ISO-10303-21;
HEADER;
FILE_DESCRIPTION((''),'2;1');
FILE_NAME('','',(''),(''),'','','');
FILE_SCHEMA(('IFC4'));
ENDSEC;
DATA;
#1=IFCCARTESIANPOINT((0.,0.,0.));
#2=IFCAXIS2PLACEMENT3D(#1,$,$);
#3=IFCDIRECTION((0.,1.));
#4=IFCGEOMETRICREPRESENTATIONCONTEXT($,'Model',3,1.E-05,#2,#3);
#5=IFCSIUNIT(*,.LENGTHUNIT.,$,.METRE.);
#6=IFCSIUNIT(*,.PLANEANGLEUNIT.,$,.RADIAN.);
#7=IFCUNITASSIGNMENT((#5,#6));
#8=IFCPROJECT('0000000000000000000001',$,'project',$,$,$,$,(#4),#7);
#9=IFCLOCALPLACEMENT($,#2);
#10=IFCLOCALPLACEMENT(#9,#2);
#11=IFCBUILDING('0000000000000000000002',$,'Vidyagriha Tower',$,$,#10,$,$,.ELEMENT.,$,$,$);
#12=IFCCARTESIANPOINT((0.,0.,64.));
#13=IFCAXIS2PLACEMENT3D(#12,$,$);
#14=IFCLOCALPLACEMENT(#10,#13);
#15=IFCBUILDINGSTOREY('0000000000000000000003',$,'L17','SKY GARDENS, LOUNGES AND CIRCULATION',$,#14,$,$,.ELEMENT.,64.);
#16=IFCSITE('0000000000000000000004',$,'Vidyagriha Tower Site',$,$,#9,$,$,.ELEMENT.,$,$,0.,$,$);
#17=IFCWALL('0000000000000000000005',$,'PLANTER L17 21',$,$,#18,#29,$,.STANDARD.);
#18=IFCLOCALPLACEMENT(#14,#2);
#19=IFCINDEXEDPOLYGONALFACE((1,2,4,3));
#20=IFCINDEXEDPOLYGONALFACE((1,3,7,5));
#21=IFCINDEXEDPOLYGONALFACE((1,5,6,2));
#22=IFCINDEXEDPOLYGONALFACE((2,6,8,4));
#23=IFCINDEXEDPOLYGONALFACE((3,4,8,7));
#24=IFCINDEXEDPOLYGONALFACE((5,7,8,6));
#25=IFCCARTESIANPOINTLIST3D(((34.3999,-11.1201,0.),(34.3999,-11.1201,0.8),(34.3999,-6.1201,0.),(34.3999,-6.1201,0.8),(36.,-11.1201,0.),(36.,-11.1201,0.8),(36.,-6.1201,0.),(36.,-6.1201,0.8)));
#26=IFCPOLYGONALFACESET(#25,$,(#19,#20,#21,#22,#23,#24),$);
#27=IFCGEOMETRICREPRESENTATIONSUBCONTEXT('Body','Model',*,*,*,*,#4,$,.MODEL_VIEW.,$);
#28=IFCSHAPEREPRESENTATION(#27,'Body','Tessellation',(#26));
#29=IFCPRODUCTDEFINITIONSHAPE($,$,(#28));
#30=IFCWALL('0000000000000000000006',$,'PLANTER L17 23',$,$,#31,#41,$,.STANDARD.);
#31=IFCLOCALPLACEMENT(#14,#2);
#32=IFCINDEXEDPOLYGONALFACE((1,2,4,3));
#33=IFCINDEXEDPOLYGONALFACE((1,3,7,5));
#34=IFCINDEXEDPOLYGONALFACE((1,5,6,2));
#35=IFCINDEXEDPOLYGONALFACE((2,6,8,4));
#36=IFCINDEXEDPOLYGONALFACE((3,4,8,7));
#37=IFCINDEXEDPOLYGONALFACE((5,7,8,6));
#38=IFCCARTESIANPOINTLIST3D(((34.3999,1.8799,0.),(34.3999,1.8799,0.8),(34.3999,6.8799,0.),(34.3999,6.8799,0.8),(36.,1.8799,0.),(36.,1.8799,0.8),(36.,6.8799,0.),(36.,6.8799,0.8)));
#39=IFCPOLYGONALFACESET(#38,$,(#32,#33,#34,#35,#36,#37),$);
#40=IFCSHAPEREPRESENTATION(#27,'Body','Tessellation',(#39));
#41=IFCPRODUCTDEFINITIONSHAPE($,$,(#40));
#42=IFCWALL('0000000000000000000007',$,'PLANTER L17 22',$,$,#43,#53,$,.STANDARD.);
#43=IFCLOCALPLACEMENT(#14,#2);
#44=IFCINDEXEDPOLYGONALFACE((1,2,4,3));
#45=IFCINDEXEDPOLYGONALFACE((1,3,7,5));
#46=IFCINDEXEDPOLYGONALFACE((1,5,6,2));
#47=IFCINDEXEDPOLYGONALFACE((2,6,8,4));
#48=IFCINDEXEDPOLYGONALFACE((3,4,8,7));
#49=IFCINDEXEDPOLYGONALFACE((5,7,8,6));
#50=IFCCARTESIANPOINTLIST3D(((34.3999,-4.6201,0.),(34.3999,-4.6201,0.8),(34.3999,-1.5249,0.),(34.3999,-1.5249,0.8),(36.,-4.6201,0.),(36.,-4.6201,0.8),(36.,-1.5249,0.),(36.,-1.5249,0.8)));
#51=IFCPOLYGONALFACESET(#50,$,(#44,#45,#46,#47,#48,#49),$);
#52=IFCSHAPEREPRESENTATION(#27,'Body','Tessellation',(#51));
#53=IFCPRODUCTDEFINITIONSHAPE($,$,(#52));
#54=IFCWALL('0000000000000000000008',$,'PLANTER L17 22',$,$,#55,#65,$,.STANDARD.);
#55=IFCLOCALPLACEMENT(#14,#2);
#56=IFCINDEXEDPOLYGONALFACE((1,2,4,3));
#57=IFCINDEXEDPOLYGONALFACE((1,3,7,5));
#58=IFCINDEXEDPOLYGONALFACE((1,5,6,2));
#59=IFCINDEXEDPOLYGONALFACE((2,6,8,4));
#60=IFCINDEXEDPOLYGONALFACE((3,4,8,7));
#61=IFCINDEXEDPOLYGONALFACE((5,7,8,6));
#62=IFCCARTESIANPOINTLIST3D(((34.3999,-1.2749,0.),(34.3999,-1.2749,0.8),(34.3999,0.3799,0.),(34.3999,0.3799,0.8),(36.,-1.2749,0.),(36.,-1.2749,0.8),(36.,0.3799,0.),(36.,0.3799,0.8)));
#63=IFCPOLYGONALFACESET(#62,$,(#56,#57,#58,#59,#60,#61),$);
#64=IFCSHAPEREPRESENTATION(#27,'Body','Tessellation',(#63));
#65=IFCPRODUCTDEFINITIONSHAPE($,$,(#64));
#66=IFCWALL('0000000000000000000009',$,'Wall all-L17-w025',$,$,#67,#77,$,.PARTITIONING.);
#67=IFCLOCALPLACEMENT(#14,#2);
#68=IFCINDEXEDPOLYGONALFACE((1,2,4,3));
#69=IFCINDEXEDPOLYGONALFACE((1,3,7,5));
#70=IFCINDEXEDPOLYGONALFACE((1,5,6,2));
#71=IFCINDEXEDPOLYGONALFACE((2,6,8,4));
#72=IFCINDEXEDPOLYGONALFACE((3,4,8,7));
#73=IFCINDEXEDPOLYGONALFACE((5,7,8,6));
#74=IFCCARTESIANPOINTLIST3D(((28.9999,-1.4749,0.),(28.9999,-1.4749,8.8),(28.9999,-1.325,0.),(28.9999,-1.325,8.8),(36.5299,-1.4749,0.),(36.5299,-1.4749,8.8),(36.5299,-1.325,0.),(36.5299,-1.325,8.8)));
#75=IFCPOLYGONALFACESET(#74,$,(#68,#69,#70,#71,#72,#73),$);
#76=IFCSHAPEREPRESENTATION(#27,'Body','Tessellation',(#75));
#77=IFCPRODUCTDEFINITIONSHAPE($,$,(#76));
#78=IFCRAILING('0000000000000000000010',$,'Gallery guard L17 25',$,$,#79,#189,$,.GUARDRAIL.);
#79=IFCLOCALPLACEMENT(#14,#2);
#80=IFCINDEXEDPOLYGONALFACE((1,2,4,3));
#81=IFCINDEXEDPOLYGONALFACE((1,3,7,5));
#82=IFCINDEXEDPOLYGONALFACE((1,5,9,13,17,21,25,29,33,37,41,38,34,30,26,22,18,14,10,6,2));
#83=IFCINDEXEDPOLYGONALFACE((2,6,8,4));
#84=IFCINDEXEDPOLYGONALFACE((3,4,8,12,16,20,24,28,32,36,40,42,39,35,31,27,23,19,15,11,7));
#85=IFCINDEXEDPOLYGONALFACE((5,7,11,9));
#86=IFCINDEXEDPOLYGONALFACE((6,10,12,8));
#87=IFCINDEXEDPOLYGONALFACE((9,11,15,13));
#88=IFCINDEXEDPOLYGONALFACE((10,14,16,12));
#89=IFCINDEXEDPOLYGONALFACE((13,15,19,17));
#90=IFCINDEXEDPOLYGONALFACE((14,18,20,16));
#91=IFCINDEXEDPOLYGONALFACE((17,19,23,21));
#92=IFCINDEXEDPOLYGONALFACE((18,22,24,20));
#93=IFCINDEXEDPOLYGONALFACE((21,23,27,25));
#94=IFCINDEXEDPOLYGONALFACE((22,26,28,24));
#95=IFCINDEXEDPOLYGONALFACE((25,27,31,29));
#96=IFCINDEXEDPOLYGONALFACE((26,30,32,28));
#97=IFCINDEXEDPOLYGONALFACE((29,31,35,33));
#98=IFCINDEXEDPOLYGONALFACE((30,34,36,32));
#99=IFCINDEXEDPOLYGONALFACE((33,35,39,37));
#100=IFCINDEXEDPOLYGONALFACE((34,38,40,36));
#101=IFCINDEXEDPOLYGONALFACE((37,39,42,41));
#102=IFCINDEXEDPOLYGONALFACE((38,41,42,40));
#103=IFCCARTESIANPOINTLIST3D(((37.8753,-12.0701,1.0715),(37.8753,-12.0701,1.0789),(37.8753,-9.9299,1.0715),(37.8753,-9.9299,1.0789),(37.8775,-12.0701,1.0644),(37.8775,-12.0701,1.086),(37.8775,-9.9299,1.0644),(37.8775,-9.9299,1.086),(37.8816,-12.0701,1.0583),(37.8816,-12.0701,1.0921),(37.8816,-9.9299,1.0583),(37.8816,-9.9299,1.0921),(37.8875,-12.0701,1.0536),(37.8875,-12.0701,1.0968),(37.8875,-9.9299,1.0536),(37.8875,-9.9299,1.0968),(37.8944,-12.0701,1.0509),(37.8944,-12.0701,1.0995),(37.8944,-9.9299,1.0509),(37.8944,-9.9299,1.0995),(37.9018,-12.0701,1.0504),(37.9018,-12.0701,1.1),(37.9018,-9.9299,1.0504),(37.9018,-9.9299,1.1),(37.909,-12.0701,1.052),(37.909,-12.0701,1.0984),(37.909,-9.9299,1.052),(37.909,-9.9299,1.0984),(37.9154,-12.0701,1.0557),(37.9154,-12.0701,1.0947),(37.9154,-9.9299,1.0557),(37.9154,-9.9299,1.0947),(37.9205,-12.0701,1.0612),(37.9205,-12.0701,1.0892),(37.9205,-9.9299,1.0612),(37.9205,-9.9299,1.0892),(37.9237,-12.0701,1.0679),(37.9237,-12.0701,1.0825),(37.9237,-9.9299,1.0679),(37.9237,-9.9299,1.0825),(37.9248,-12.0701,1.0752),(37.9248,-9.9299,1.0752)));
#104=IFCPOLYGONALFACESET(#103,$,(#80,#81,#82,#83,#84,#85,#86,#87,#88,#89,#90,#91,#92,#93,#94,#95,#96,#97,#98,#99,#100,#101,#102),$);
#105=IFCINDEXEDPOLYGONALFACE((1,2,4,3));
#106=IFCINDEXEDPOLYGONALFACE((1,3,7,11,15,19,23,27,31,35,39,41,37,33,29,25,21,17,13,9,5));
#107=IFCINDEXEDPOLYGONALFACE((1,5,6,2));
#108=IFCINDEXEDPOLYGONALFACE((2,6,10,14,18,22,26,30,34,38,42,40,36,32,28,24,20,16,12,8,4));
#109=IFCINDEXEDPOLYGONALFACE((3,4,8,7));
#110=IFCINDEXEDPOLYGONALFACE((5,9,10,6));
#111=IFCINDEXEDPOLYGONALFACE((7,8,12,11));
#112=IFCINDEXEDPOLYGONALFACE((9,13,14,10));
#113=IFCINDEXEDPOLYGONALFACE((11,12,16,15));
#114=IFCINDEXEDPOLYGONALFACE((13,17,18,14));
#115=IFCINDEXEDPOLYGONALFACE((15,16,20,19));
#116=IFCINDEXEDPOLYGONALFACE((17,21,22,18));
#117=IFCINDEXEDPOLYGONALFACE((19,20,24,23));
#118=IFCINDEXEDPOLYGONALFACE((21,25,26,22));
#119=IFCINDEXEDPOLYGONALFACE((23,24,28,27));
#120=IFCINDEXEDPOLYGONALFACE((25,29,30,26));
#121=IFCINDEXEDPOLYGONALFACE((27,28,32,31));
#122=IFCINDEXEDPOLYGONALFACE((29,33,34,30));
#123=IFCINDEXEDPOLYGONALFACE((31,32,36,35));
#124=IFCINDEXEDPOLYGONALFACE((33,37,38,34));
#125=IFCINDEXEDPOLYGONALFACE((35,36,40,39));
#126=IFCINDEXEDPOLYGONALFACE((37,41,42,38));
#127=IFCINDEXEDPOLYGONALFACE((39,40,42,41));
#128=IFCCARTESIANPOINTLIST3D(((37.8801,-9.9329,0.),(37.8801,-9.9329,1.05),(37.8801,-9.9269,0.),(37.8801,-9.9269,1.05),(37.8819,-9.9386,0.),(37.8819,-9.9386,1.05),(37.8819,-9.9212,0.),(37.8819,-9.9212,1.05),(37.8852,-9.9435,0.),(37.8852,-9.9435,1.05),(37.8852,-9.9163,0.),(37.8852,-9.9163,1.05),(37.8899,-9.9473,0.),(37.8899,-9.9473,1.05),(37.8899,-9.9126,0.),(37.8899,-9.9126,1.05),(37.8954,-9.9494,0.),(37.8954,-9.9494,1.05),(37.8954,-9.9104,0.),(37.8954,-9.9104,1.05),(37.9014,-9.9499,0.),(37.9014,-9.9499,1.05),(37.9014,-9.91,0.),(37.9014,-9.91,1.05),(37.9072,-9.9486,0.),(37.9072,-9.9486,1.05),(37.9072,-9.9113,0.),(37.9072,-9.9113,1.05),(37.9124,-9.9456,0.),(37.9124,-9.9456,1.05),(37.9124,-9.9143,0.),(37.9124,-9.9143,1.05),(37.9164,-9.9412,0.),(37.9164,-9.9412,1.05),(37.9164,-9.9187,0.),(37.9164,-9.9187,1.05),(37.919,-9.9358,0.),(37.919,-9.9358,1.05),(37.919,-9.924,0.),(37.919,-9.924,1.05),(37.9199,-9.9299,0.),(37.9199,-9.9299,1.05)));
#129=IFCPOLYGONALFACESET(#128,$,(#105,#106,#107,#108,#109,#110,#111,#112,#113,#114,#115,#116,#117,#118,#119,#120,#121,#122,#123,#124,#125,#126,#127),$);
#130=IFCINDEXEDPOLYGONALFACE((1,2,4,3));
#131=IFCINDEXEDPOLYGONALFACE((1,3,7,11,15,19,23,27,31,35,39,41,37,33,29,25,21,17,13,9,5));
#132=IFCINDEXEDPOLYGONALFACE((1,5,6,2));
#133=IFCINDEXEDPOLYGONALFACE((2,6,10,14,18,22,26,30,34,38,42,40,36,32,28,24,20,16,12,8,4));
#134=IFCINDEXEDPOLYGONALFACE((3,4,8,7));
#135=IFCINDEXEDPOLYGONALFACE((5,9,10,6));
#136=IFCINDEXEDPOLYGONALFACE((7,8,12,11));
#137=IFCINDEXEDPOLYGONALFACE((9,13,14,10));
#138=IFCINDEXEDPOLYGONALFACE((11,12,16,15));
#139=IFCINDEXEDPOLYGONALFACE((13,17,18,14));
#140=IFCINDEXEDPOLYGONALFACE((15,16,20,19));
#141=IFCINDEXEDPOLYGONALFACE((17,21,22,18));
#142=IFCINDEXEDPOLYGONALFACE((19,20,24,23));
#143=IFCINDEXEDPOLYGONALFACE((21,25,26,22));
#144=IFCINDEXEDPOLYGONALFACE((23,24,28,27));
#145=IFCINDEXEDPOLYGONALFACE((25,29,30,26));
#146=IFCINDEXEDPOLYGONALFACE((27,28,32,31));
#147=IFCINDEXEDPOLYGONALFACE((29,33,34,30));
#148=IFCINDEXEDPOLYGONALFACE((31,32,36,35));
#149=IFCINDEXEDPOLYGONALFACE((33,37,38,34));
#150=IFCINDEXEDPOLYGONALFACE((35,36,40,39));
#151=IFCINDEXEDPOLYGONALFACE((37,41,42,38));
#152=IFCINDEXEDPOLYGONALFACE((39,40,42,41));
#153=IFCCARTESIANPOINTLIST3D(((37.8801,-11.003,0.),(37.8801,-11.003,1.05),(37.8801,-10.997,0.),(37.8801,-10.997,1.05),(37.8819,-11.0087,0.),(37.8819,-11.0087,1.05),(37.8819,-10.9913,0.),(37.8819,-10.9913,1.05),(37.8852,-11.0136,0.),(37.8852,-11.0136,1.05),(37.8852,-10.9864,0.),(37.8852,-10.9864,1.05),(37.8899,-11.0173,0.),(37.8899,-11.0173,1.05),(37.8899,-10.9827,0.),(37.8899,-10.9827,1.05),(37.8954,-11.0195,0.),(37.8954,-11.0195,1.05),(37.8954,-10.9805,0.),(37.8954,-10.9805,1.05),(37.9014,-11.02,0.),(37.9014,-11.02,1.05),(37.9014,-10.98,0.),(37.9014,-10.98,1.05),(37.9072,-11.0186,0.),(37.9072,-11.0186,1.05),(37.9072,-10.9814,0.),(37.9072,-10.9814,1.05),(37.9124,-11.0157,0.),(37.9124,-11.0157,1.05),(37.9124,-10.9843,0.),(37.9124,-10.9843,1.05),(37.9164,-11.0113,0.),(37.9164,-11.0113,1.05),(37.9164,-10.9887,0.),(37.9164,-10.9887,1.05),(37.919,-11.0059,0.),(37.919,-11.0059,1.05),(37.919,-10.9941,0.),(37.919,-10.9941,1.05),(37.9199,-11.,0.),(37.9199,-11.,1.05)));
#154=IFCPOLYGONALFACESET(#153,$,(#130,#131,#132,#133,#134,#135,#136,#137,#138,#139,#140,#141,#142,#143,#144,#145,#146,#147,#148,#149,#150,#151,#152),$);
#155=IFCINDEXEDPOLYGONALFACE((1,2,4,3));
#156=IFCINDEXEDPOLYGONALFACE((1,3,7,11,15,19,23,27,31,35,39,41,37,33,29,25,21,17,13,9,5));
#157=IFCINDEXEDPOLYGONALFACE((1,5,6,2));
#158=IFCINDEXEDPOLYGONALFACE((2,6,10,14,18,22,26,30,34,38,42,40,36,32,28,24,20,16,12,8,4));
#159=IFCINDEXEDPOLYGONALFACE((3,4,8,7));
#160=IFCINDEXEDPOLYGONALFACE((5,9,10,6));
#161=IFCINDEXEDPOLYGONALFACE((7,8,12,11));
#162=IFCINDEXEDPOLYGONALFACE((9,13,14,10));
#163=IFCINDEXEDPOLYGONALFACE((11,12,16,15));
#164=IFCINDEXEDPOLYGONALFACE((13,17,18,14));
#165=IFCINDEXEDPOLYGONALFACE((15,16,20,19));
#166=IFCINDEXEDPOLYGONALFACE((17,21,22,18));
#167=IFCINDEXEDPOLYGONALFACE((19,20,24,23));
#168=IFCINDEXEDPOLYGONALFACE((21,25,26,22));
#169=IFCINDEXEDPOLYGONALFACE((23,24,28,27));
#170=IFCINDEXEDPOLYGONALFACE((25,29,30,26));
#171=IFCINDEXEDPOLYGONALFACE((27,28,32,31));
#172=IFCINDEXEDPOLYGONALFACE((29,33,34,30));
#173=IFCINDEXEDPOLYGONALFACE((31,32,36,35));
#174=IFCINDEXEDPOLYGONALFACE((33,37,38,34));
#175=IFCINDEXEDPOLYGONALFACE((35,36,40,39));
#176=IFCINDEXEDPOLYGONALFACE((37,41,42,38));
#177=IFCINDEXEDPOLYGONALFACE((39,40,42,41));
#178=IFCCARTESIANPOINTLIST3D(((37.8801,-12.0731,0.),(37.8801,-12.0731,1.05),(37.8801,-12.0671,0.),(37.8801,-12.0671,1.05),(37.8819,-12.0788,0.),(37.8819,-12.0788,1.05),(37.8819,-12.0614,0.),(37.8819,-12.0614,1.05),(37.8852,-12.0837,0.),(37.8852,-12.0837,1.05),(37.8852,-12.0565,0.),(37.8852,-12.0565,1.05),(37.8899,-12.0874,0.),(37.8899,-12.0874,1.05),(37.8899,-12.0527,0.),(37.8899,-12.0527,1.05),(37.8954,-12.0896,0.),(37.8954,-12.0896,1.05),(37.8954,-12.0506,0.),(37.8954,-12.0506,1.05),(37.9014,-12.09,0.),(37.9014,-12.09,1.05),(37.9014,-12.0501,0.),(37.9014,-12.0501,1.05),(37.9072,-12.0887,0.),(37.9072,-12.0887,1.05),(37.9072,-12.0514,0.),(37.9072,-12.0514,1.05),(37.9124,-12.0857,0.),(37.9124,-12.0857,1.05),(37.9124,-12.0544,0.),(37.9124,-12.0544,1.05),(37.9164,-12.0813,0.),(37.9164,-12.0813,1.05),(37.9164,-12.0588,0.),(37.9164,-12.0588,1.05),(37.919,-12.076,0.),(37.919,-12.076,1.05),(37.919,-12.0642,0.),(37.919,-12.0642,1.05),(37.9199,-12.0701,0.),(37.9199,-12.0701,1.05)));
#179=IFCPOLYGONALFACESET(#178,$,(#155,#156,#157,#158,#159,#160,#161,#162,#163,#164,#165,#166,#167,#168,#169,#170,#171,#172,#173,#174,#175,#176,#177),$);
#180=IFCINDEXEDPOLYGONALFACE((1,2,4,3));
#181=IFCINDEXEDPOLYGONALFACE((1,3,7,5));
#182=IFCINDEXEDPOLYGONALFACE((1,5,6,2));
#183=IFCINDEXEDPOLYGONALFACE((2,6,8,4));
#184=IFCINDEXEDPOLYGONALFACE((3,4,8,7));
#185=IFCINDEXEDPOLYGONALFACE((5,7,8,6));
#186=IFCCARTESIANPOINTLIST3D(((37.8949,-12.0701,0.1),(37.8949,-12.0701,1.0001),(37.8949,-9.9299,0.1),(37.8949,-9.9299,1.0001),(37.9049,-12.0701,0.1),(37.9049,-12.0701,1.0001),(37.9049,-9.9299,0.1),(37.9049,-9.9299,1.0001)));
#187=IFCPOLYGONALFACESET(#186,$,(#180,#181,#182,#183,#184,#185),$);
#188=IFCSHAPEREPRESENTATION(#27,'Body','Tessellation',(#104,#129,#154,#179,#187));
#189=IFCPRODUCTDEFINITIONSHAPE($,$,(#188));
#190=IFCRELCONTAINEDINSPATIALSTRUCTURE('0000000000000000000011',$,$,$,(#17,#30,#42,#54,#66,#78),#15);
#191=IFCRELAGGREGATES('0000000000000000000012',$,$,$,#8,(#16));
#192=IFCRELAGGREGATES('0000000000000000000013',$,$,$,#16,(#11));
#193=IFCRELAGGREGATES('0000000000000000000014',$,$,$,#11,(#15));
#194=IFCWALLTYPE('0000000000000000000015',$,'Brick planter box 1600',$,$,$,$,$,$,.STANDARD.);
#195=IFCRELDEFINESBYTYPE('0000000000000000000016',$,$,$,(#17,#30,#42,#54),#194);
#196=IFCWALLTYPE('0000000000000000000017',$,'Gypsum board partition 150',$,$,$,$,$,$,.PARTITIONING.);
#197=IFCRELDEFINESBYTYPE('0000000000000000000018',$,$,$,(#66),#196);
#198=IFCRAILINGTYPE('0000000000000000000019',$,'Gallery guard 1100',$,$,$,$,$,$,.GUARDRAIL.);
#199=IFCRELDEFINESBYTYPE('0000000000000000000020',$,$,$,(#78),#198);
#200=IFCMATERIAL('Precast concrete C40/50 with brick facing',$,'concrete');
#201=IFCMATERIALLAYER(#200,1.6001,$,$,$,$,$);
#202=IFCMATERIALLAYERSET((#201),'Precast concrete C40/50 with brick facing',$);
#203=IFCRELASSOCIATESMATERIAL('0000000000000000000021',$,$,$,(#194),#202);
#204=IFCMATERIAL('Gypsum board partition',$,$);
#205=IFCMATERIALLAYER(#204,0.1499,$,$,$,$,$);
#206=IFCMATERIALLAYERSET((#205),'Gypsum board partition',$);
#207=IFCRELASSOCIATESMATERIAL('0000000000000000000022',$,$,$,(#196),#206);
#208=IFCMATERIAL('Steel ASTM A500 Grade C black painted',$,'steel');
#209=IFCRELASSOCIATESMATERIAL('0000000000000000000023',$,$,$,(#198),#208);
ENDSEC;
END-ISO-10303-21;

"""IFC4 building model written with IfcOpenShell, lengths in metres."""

from ifc_helpers import new_model, si_unit, direction, frame, frame_2d, origin, origin_2d, place, context, subcontext, project, spatial, rectangle, circle, extrude, material, layer, layer_set, type_object, element, save


model = new_model("IFC4")

# Units and contexts
model_context = context("Model", 3, precision=1e-05, world=origin(), true_north=direction((0.0, 1.0)))
body_context = subcontext(model_context, "Body", "Model", "MODEL_VIEW")
ifc_project = project(units=[si_unit("LENGTHUNIT", "METRE"), si_unit("PLANEANGLEUNIT", "RADIAN")], contexts=[model_context])

# Site, building, storey
site_placement = place(None, origin())
site = spatial("IfcSite", under=ifc_project, at=site_placement, Name="Vidyagriha Tower Site", CompositionType="ELEMENT", RefElevation=0.0)
building_placement = place(site_placement, origin())
building = spatial("IfcBuilding", under=site, at=building_placement, Name="Vidyagriha Tower", CompositionType="ELEMENT")
storey_placement = place(building_placement, frame((0.0, 0.0, 64.0)))
storey = spatial("IfcBuildingStorey", under=building, at=storey_placement, Name="L17", Description="SKY GARDENS, LOUNGES AND CIRCULATION", CompositionType="ELEMENT", Elevation=64.0)

# Walls
ifc_material_1 = material(Name="Precast concrete C40/50 with brick facing", Category="concrete")
ifc_layer_1 = layer(ifc_material_1, 1.6001)
ifc_layer_set_1 = layer_set([ifc_layer_1], Name="Precast concrete C40/50 with brick facing")
wall_type_1 = type_object("IfcWallType", Name="Brick planter box 1600", PredefinedType="STANDARD", material=ifc_layer_set_1)
for number, where, z_axis, x_axis, name in (
    (1, (35.2, -11.1201, 0.0), (0.0, 0.0, 1.0), (0.0, 1.0, 0.0), "PLANTER L17 21"),
    (2, (35.2, 1.8799, 0.0), (0.0, 0.0, 1.0), (0.0, 1.0, 0.0), "PLANTER L17 23"),
):
    element("IfcWall", number, at=place(storey_placement, frame(where, z_axis=z_axis, x_axis=x_axis)), inside=storey, type_object=wall_type_1, Name=name, PredefinedType="STANDARD", context=body_context, shape_type="SweptSolid", body=[
        extrude(rectangle(XDim=5.0, YDim=1.6001, at=frame_2d((2.5, 0.0))), origin(), (0.0, 0.0, 1.0), 0.8),
    ])
wall_1_placement = place(storey_placement, frame((35.2, -4.6201, 0.0), z_axis=(0.0, 0.0, 1.0), x_axis=(0.0, 1.0, 0.0)))
element("IfcWall", 3, at=wall_1_placement, inside=storey, type_object=wall_type_1, Name="PLANTER L17 22", PredefinedType="STANDARD", context=body_context, shape_type="SweptSolid", body=[
    extrude(rectangle(XDim=3.0952, YDim=1.6001, at=frame_2d((1.5476, 0.0))), origin(), (0.0, 0.0, 1.0), 0.8),
])
wall_2_placement = place(storey_placement, frame((35.2, -1.2749, 0.0), z_axis=(0.0, 0.0, 1.0), x_axis=(0.0, 1.0, 0.0)))
element("IfcWall", 4, at=wall_2_placement, inside=storey, type_object=wall_type_1, Name="PLANTER L17 22", PredefinedType="STANDARD", context=body_context, shape_type="SweptSolid", body=[
    extrude(rectangle(XDim=1.6548, YDim=1.6001, at=frame_2d((0.8274, 0.0))), origin(), (0.0, 0.0, 1.0), 0.8),
])
ifc_material_2 = material(Name="Gypsum board partition")
ifc_layer_2 = layer(ifc_material_2, 0.1499)
ifc_layer_set_2 = layer_set([ifc_layer_2], Name="Gypsum board partition")
wall_type_2 = type_object("IfcWallType", Name="Gypsum board partition 150", PredefinedType="PARTITIONING", material=ifc_layer_set_2)
wall_3_placement = place(storey_placement, frame((36.53, -1.3999, 0.0), z_axis=(0.0, 0.0, 1.0), x_axis=(-1.0, 0.0, 0.0)))
element("IfcWall", 5, at=wall_3_placement, inside=storey, type_object=wall_type_2, Name="Wall all-L17-w025", PredefinedType="PARTITIONING", context=body_context, shape_type="SweptSolid", body=[
    extrude(rectangle(XDim=7.53, YDim=0.1499, at=frame_2d((3.7651, 0.0))), origin(), (0.0, 0.0, 1.0), 8.8),
])

# Railing
ifc_material_3 = material(Name="Steel ASTM A500 Grade C black painted", Category="steel")
railing_type = type_object("IfcRailingType", Name="Gallery guard 1100", PredefinedType="GUARDRAIL", material=ifc_material_3)
railing_1_placement = place(storey_placement, frame((37.8999, -9.9299, 0.0)))
element("IfcRailing", 6, at=railing_1_placement, inside=storey, type_object=railing_type, Name="Gallery guard L17 25", PredefinedType="GUARDRAIL", context=body_context, shape_type="SweptSolid", body=[
    extrude(circle(Radius=0.0249, at=origin_2d()), frame((0.0, 0.0, 1.0752), z_axis=(0.0, -1.0, 0.0), x_axis=(1.0, 0.0, 0.0)), (0.0, 0.0, 1.0), 2.1401),
    extrude(circle(Radius=0.02, at=origin_2d()), origin(), (0.0, 0.0, 1.0), 1.05),
    extrude(circle(Radius=0.02, at=origin_2d()), frame((0.0, -1.0701, 0.0)), (0.0, 0.0, 1.0), 1.05),
    extrude(circle(Radius=0.02, at=origin_2d()), frame((0.0, -2.1401, 0.0)), (0.0, 0.0, 1.0), 1.05),
    extrude(rectangle(XDim=0.01, YDim=0.9001, at=origin_2d()), frame((0.0, 0.0, 0.55), z_axis=(0.0, -1.0, 0.0), x_axis=(1.0, 0.0, 0.0)), (0.0, 0.0, 1.0), 2.1401),
])

save(model, "model.ifc")
